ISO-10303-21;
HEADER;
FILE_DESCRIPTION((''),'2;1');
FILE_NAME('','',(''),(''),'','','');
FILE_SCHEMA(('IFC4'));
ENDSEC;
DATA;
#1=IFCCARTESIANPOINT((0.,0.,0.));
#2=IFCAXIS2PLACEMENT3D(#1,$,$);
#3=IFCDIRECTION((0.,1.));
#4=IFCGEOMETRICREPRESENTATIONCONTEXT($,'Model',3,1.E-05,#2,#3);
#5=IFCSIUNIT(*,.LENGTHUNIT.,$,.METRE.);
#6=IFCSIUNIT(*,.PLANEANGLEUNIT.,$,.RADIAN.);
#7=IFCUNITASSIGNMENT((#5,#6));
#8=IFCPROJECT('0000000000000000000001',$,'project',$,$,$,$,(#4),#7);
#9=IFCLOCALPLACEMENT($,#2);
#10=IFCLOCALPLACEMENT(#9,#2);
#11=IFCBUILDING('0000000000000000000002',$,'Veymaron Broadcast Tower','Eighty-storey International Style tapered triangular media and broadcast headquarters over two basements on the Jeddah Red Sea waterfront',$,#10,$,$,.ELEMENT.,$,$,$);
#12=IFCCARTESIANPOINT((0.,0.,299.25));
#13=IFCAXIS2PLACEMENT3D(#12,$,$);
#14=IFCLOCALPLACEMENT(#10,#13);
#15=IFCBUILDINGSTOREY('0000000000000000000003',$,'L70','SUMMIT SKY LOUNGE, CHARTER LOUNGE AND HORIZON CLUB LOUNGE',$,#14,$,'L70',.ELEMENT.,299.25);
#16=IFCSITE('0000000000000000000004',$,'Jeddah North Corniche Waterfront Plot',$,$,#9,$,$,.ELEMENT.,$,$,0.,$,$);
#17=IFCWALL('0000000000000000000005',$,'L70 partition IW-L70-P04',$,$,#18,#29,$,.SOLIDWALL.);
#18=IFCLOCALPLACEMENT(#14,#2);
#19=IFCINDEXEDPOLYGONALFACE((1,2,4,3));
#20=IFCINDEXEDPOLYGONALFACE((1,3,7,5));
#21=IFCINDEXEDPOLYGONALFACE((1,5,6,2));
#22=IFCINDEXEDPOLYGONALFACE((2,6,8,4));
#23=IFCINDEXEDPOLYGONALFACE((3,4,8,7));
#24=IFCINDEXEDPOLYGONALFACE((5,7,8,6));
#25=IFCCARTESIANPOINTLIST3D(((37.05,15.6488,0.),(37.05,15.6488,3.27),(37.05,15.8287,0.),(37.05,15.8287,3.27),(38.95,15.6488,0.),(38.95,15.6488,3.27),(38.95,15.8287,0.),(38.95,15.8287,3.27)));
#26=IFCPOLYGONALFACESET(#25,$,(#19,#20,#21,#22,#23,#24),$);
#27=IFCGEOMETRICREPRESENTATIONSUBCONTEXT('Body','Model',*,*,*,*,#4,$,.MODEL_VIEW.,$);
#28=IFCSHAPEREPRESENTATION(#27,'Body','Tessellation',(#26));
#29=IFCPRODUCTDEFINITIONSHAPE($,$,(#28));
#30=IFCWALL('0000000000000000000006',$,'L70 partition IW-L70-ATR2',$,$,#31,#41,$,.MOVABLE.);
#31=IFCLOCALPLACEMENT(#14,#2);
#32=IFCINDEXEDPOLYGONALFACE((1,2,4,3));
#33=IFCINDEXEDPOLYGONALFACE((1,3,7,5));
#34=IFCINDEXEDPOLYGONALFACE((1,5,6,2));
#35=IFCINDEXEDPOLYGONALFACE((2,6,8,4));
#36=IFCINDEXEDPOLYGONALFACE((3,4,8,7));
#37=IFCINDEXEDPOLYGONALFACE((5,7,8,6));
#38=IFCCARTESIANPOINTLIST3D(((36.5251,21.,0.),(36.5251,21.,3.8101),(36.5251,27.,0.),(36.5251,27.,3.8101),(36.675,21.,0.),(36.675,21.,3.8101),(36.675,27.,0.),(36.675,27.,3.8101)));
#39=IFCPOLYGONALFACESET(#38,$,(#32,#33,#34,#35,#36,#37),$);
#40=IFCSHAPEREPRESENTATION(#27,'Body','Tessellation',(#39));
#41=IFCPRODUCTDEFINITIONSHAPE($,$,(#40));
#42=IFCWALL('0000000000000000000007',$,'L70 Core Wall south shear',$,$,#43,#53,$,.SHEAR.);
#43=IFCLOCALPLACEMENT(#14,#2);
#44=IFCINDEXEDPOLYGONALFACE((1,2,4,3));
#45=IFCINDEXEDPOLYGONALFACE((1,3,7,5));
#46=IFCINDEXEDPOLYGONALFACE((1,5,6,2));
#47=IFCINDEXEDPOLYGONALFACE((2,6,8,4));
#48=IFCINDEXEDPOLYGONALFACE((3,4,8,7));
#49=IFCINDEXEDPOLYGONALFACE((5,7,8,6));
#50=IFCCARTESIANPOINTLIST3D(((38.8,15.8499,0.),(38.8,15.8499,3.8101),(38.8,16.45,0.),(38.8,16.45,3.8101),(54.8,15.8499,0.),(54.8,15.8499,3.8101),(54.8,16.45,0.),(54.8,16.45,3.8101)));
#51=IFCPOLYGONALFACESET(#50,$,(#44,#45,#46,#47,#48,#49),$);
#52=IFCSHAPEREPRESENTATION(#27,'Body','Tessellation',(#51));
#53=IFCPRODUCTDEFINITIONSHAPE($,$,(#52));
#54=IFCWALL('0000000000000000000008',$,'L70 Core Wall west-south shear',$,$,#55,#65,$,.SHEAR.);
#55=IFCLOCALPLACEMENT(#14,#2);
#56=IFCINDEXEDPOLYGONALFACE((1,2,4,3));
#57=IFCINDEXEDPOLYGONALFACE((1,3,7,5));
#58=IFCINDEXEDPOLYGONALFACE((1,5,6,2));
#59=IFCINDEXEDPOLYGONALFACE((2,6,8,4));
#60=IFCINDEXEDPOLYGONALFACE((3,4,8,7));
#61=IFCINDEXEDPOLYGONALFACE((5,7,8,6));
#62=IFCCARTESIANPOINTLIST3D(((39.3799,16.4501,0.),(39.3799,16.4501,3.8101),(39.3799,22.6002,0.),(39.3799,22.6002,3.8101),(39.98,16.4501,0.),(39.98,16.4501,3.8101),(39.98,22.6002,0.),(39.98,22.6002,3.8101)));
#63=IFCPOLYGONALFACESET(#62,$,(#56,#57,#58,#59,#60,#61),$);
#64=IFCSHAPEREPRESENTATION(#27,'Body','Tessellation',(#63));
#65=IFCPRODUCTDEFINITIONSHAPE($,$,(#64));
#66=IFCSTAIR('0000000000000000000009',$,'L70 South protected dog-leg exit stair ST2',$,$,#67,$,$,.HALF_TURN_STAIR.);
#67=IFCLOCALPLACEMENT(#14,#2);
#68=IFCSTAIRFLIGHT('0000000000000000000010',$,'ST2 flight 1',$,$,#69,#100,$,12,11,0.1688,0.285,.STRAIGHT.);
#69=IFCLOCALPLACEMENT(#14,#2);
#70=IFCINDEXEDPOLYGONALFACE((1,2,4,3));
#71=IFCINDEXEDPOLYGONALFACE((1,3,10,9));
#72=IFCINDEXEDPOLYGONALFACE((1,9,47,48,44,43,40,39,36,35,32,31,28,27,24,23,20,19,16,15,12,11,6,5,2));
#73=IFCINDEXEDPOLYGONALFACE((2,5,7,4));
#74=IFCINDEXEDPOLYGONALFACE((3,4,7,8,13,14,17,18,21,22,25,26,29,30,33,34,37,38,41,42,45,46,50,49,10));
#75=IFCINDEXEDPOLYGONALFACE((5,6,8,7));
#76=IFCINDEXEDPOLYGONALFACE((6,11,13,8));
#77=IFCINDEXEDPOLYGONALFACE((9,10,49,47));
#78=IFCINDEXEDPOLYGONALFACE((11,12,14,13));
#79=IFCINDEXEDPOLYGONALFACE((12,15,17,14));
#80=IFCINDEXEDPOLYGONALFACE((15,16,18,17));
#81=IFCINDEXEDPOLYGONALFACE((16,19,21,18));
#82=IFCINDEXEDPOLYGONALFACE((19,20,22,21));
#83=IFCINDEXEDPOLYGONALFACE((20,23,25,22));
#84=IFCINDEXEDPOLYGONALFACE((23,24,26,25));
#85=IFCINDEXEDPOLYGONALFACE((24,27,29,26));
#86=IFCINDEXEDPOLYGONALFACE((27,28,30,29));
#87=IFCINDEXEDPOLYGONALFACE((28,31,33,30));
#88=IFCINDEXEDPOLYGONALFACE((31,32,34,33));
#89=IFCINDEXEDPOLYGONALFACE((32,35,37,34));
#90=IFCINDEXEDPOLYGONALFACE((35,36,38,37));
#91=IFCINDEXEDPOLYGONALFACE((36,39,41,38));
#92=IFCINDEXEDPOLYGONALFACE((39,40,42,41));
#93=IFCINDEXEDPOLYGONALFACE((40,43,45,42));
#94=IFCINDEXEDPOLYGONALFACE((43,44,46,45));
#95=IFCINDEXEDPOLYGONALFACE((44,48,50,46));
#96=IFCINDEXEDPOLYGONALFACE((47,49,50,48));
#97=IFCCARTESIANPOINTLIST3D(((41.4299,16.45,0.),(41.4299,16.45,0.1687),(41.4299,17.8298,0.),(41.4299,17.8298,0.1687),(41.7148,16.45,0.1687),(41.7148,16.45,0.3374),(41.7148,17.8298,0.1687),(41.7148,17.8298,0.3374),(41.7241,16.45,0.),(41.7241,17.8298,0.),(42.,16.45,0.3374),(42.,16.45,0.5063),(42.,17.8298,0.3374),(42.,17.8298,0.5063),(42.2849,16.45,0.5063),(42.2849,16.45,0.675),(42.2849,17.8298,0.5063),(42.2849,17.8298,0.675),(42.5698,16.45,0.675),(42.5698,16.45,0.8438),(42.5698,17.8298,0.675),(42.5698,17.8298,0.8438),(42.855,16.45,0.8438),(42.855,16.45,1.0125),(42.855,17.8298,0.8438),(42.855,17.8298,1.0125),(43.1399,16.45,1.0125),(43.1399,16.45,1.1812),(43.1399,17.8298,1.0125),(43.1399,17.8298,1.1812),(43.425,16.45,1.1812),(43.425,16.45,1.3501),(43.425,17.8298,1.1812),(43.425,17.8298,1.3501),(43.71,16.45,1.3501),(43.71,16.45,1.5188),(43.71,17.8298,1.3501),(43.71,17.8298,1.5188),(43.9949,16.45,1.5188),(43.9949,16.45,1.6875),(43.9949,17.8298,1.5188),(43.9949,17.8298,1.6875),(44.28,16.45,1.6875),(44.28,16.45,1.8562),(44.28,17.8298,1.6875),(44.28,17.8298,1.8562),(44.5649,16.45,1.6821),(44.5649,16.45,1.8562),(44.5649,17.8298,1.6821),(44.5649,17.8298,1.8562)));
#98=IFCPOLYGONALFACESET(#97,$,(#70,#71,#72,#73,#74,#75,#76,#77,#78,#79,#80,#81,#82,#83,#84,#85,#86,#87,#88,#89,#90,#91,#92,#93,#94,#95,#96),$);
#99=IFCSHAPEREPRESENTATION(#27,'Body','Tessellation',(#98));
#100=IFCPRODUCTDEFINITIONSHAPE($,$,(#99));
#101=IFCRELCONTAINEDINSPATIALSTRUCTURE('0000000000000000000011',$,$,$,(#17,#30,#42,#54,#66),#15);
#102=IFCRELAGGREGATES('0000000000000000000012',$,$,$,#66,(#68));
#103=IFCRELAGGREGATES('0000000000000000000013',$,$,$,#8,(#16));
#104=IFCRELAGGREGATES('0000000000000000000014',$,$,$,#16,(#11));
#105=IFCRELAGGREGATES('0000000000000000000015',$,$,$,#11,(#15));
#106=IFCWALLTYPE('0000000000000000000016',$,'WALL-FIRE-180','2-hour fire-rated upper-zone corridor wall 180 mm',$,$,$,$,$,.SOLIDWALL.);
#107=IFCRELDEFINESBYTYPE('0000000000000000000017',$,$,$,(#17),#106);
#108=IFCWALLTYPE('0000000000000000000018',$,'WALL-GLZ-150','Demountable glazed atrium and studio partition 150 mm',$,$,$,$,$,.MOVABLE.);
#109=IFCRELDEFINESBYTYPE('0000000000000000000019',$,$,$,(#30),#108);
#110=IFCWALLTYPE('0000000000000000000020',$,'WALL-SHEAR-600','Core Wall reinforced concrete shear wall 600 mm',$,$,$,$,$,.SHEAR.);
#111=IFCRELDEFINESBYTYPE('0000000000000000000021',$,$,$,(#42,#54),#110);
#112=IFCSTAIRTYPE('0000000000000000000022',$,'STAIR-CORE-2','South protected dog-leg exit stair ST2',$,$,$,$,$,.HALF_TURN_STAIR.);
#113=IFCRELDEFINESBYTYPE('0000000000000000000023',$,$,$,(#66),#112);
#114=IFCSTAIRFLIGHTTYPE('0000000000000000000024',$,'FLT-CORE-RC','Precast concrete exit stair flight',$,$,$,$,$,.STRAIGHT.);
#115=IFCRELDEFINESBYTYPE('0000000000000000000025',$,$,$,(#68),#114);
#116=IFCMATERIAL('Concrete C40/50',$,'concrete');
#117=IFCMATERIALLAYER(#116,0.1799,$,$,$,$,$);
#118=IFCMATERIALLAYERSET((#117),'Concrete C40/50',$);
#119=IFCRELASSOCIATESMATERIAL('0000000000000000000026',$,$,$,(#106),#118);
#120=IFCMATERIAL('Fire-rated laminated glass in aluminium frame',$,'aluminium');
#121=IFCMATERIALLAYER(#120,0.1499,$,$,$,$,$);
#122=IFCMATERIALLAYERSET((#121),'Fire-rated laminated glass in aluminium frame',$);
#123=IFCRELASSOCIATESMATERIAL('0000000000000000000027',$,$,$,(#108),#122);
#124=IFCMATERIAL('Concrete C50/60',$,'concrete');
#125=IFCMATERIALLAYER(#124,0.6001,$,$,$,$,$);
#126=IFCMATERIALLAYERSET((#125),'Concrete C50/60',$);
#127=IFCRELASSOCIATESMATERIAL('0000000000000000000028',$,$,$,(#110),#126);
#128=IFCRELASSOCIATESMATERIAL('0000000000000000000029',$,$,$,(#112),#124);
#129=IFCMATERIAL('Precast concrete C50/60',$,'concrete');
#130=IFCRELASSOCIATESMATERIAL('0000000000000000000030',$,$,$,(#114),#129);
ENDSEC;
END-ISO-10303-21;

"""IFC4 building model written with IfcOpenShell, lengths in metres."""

from ifc_helpers import new_model, si_unit, direction, frame, frame_2d, origin, place, context, subcontext, project, spatial, polyline, rectangle, outline, extrude, material, layer, layer_set, type_object, element, aggregate, save


model = new_model("IFC4")

# Units and contexts
model_context = context("Model", 3, precision=1e-05, world=origin(), true_north=direction((0.0, 1.0)))
body_context = subcontext(model_context, "Body", "Model", "MODEL_VIEW")
ifc_project = project(units=[si_unit("LENGTHUNIT", "METRE"), si_unit("PLANEANGLEUNIT", "RADIAN")], contexts=[model_context])

# Site, building, storey
site_placement = place(None, origin())
site = spatial("IfcSite", under=ifc_project, at=site_placement, Name="Jeddah North Corniche Waterfront Plot", CompositionType="ELEMENT", RefElevation=0.0)
building_placement = place(site_placement, origin())
building = spatial("IfcBuilding", under=site, at=building_placement, Name="Veymaron Broadcast Tower", Description="Eighty-storey International Style tapered triangular media and broadcast headquarters over two basements on the Jeddah Red Sea waterfront", CompositionType="ELEMENT")
storey_placement = place(building_placement, frame((0.0, 0.0, 299.25)))
storey = spatial("IfcBuildingStorey", under=building, at=storey_placement, Name="L70", Description="SUMMIT SKY LOUNGE, CHARTER LOUNGE AND HORIZON CLUB LOUNGE", LongName="L70", CompositionType="ELEMENT", Elevation=299.25)

# Shared definitions
ifc_material_1 = material(Name="Concrete C40/50", Category="concrete")
ifc_layer_1 = layer(ifc_material_1, 0.1799)
ifc_layer_set_1 = layer_set([ifc_layer_1], Name="Concrete C40/50")
wall_type_1 = type_object("IfcWallType", Name="WALL-FIRE-180", Description="2-hour fire-rated upper-zone corridor wall 180 mm", PredefinedType="SOLIDWALL", material=ifc_layer_set_1)

# Walls
wall_1_placement = place(storey_placement, frame((37.05, 15.7388, 0.0), z_axis=(0.0, 0.0, 1.0), x_axis=(1.0, 0.0, 0.0)))
element("IfcWall", 1, at=wall_1_placement, inside=storey, type_object=wall_type_1, Name="L70 partition IW-L70-P04", PredefinedType="SOLIDWALL", context=body_context, shape_type="SweptSolid", body=[
    extrude(rectangle(XDim=1.8999, YDim=0.1799, at=frame_2d((0.95, 0.0))), origin(), (0.0, 0.0, 1.0), 3.27),
])
ifc_material_2 = material(Name="Fire-rated laminated glass in aluminium frame", Category="aluminium")
ifc_layer_2 = layer(ifc_material_2, 0.1499)
ifc_layer_set_2 = layer_set([ifc_layer_2], Name="Fire-rated laminated glass in aluminium frame")
wall_type_2 = type_object("IfcWallType", Name="WALL-GLZ-150", Description="Demountable glazed atrium and studio partition 150 mm", PredefinedType="MOVABLE", material=ifc_layer_set_2)
wall_2_placement = place(storey_placement, frame((36.6001, 21.0, 0.0), z_axis=(0.0, 0.0, 1.0), x_axis=(0.0, 1.0, 0.0)))
element("IfcWall", 2, at=wall_2_placement, inside=storey, type_object=wall_type_2, Name="L70 partition IW-L70-ATR2", PredefinedType="MOVABLE", context=body_context, shape_type="SweptSolid", body=[
    extrude(rectangle(XDim=6.0, YDim=0.1499, at=frame_2d((3.0, 0.0))), origin(), (0.0, 0.0, 1.0), 3.8101),
])

# Shared definitions
ifc_material_3 = material(Name="Concrete C50/60", Category="concrete")

# Walls
ifc_layer_3 = layer(ifc_material_3, 0.6001)
ifc_layer_set_3 = layer_set([ifc_layer_3], Name="Concrete C50/60")
wall_type_3 = type_object("IfcWallType", Name="WALL-SHEAR-600", Description="Core Wall reinforced concrete shear wall 600 mm", PredefinedType="SHEAR", material=ifc_layer_set_3)
wall_3_placement = place(storey_placement, frame((38.8, 16.1499, 0.0), z_axis=(0.0, 0.0, 1.0), x_axis=(1.0, 0.0, 0.0)))
element("IfcWall", 3, at=wall_3_placement, inside=storey, type_object=wall_type_3, Name="L70 Core Wall south shear", PredefinedType="SHEAR", context=body_context, shape_type="SweptSolid", body=[
    extrude(rectangle(XDim=16.0, YDim=0.6001, at=frame_2d((8.0, 0.0))), origin(), (0.0, 0.0, 1.0), 3.8101),
])
wall_4_placement = place(storey_placement, frame((39.6799, 16.45, 0.0), z_axis=(0.0, 0.0, 1.0), x_axis=(0.0, 1.0, 0.0)))
element("IfcWall", 4, at=wall_4_placement, inside=storey, type_object=wall_type_3, Name="L70 Core Wall west-south shear", PredefinedType="SHEAR", context=body_context, shape_type="SweptSolid", body=[
    extrude(rectangle(XDim=6.1501, YDim=0.6001, at=frame_2d((3.0752, 0.0))), origin(), (0.0, 0.0, 1.0), 3.8101),
])

# Stair, stair flight
stair_type = type_object("IfcStairType", Name="STAIR-CORE-2", Description="South protected dog-leg exit stair ST2", PredefinedType="HALF_TURN_STAIR", material=ifc_material_3)
stair_placement = place(storey_placement, origin())
stair = element("IfcStair", 5, at=stair_placement, inside=storey, type_object=stair_type, Name="L70 South protected dog-leg exit stair ST2", PredefinedType="HALF_TURN_STAIR")
ifc_material_4 = material(Name="Precast concrete C50/60", Category="concrete")
stair_flight_type = type_object("IfcStairFlightType", Name="FLT-CORE-RC", Description="Precast concrete exit stair flight", PredefinedType="STRAIGHT", material=ifc_material_4)
stair_flight_placement = place(storey_placement, frame((41.4299, 17.1399, 0.0), z_axis=(0.0, 0.0, 1.0), x_axis=(1.0, 0.0, 0.0)))
stair_flight = element("IfcStairFlight", 6, at=stair_flight_placement, type_object=stair_flight_type, Name="ST2 flight 1", NumberOfRisers=12, NumberOfTreads=11, PredefinedType="STRAIGHT", RiserHeight=0.1688, TreadLength=0.285, context=body_context, shape_type="SweptSolid", body=[
    extrude(outline(polyline([(0.0, 0.0), (0.0, 0.1687), (0.2849, 0.1687), (0.2849, 0.3374), (0.5701, 0.3374), (0.5701, 0.5063), (0.855, 0.5063), (0.855, 0.675), (1.1399, 0.675), (1.1399, 0.8438), (1.425, 0.8438), (1.425, 1.0125), (1.71, 1.0125), (1.71, 1.1812), (1.9951, 1.1812), (1.9951, 1.3501), (2.28, 1.3501), (2.28, 1.5188), (2.5649, 1.5188), (2.5649, 1.6875), (2.8501, 1.6875), (2.8501, 1.8562), (3.135, 1.8562), (3.135, 2.0249), (3.135, 1.6821), (0.2942, 0.0), (0.0, 0.0)])), frame((0.0, 0.6899, 0.0), z_axis=(0.0, -1.0, 0.0), x_axis=(1.0, 0.0, 0.0)), (0.0, 0.0, 1.0), 1.3799),
])
aggregate(stair, [stair_flight])

save(model, "model.ifc")
